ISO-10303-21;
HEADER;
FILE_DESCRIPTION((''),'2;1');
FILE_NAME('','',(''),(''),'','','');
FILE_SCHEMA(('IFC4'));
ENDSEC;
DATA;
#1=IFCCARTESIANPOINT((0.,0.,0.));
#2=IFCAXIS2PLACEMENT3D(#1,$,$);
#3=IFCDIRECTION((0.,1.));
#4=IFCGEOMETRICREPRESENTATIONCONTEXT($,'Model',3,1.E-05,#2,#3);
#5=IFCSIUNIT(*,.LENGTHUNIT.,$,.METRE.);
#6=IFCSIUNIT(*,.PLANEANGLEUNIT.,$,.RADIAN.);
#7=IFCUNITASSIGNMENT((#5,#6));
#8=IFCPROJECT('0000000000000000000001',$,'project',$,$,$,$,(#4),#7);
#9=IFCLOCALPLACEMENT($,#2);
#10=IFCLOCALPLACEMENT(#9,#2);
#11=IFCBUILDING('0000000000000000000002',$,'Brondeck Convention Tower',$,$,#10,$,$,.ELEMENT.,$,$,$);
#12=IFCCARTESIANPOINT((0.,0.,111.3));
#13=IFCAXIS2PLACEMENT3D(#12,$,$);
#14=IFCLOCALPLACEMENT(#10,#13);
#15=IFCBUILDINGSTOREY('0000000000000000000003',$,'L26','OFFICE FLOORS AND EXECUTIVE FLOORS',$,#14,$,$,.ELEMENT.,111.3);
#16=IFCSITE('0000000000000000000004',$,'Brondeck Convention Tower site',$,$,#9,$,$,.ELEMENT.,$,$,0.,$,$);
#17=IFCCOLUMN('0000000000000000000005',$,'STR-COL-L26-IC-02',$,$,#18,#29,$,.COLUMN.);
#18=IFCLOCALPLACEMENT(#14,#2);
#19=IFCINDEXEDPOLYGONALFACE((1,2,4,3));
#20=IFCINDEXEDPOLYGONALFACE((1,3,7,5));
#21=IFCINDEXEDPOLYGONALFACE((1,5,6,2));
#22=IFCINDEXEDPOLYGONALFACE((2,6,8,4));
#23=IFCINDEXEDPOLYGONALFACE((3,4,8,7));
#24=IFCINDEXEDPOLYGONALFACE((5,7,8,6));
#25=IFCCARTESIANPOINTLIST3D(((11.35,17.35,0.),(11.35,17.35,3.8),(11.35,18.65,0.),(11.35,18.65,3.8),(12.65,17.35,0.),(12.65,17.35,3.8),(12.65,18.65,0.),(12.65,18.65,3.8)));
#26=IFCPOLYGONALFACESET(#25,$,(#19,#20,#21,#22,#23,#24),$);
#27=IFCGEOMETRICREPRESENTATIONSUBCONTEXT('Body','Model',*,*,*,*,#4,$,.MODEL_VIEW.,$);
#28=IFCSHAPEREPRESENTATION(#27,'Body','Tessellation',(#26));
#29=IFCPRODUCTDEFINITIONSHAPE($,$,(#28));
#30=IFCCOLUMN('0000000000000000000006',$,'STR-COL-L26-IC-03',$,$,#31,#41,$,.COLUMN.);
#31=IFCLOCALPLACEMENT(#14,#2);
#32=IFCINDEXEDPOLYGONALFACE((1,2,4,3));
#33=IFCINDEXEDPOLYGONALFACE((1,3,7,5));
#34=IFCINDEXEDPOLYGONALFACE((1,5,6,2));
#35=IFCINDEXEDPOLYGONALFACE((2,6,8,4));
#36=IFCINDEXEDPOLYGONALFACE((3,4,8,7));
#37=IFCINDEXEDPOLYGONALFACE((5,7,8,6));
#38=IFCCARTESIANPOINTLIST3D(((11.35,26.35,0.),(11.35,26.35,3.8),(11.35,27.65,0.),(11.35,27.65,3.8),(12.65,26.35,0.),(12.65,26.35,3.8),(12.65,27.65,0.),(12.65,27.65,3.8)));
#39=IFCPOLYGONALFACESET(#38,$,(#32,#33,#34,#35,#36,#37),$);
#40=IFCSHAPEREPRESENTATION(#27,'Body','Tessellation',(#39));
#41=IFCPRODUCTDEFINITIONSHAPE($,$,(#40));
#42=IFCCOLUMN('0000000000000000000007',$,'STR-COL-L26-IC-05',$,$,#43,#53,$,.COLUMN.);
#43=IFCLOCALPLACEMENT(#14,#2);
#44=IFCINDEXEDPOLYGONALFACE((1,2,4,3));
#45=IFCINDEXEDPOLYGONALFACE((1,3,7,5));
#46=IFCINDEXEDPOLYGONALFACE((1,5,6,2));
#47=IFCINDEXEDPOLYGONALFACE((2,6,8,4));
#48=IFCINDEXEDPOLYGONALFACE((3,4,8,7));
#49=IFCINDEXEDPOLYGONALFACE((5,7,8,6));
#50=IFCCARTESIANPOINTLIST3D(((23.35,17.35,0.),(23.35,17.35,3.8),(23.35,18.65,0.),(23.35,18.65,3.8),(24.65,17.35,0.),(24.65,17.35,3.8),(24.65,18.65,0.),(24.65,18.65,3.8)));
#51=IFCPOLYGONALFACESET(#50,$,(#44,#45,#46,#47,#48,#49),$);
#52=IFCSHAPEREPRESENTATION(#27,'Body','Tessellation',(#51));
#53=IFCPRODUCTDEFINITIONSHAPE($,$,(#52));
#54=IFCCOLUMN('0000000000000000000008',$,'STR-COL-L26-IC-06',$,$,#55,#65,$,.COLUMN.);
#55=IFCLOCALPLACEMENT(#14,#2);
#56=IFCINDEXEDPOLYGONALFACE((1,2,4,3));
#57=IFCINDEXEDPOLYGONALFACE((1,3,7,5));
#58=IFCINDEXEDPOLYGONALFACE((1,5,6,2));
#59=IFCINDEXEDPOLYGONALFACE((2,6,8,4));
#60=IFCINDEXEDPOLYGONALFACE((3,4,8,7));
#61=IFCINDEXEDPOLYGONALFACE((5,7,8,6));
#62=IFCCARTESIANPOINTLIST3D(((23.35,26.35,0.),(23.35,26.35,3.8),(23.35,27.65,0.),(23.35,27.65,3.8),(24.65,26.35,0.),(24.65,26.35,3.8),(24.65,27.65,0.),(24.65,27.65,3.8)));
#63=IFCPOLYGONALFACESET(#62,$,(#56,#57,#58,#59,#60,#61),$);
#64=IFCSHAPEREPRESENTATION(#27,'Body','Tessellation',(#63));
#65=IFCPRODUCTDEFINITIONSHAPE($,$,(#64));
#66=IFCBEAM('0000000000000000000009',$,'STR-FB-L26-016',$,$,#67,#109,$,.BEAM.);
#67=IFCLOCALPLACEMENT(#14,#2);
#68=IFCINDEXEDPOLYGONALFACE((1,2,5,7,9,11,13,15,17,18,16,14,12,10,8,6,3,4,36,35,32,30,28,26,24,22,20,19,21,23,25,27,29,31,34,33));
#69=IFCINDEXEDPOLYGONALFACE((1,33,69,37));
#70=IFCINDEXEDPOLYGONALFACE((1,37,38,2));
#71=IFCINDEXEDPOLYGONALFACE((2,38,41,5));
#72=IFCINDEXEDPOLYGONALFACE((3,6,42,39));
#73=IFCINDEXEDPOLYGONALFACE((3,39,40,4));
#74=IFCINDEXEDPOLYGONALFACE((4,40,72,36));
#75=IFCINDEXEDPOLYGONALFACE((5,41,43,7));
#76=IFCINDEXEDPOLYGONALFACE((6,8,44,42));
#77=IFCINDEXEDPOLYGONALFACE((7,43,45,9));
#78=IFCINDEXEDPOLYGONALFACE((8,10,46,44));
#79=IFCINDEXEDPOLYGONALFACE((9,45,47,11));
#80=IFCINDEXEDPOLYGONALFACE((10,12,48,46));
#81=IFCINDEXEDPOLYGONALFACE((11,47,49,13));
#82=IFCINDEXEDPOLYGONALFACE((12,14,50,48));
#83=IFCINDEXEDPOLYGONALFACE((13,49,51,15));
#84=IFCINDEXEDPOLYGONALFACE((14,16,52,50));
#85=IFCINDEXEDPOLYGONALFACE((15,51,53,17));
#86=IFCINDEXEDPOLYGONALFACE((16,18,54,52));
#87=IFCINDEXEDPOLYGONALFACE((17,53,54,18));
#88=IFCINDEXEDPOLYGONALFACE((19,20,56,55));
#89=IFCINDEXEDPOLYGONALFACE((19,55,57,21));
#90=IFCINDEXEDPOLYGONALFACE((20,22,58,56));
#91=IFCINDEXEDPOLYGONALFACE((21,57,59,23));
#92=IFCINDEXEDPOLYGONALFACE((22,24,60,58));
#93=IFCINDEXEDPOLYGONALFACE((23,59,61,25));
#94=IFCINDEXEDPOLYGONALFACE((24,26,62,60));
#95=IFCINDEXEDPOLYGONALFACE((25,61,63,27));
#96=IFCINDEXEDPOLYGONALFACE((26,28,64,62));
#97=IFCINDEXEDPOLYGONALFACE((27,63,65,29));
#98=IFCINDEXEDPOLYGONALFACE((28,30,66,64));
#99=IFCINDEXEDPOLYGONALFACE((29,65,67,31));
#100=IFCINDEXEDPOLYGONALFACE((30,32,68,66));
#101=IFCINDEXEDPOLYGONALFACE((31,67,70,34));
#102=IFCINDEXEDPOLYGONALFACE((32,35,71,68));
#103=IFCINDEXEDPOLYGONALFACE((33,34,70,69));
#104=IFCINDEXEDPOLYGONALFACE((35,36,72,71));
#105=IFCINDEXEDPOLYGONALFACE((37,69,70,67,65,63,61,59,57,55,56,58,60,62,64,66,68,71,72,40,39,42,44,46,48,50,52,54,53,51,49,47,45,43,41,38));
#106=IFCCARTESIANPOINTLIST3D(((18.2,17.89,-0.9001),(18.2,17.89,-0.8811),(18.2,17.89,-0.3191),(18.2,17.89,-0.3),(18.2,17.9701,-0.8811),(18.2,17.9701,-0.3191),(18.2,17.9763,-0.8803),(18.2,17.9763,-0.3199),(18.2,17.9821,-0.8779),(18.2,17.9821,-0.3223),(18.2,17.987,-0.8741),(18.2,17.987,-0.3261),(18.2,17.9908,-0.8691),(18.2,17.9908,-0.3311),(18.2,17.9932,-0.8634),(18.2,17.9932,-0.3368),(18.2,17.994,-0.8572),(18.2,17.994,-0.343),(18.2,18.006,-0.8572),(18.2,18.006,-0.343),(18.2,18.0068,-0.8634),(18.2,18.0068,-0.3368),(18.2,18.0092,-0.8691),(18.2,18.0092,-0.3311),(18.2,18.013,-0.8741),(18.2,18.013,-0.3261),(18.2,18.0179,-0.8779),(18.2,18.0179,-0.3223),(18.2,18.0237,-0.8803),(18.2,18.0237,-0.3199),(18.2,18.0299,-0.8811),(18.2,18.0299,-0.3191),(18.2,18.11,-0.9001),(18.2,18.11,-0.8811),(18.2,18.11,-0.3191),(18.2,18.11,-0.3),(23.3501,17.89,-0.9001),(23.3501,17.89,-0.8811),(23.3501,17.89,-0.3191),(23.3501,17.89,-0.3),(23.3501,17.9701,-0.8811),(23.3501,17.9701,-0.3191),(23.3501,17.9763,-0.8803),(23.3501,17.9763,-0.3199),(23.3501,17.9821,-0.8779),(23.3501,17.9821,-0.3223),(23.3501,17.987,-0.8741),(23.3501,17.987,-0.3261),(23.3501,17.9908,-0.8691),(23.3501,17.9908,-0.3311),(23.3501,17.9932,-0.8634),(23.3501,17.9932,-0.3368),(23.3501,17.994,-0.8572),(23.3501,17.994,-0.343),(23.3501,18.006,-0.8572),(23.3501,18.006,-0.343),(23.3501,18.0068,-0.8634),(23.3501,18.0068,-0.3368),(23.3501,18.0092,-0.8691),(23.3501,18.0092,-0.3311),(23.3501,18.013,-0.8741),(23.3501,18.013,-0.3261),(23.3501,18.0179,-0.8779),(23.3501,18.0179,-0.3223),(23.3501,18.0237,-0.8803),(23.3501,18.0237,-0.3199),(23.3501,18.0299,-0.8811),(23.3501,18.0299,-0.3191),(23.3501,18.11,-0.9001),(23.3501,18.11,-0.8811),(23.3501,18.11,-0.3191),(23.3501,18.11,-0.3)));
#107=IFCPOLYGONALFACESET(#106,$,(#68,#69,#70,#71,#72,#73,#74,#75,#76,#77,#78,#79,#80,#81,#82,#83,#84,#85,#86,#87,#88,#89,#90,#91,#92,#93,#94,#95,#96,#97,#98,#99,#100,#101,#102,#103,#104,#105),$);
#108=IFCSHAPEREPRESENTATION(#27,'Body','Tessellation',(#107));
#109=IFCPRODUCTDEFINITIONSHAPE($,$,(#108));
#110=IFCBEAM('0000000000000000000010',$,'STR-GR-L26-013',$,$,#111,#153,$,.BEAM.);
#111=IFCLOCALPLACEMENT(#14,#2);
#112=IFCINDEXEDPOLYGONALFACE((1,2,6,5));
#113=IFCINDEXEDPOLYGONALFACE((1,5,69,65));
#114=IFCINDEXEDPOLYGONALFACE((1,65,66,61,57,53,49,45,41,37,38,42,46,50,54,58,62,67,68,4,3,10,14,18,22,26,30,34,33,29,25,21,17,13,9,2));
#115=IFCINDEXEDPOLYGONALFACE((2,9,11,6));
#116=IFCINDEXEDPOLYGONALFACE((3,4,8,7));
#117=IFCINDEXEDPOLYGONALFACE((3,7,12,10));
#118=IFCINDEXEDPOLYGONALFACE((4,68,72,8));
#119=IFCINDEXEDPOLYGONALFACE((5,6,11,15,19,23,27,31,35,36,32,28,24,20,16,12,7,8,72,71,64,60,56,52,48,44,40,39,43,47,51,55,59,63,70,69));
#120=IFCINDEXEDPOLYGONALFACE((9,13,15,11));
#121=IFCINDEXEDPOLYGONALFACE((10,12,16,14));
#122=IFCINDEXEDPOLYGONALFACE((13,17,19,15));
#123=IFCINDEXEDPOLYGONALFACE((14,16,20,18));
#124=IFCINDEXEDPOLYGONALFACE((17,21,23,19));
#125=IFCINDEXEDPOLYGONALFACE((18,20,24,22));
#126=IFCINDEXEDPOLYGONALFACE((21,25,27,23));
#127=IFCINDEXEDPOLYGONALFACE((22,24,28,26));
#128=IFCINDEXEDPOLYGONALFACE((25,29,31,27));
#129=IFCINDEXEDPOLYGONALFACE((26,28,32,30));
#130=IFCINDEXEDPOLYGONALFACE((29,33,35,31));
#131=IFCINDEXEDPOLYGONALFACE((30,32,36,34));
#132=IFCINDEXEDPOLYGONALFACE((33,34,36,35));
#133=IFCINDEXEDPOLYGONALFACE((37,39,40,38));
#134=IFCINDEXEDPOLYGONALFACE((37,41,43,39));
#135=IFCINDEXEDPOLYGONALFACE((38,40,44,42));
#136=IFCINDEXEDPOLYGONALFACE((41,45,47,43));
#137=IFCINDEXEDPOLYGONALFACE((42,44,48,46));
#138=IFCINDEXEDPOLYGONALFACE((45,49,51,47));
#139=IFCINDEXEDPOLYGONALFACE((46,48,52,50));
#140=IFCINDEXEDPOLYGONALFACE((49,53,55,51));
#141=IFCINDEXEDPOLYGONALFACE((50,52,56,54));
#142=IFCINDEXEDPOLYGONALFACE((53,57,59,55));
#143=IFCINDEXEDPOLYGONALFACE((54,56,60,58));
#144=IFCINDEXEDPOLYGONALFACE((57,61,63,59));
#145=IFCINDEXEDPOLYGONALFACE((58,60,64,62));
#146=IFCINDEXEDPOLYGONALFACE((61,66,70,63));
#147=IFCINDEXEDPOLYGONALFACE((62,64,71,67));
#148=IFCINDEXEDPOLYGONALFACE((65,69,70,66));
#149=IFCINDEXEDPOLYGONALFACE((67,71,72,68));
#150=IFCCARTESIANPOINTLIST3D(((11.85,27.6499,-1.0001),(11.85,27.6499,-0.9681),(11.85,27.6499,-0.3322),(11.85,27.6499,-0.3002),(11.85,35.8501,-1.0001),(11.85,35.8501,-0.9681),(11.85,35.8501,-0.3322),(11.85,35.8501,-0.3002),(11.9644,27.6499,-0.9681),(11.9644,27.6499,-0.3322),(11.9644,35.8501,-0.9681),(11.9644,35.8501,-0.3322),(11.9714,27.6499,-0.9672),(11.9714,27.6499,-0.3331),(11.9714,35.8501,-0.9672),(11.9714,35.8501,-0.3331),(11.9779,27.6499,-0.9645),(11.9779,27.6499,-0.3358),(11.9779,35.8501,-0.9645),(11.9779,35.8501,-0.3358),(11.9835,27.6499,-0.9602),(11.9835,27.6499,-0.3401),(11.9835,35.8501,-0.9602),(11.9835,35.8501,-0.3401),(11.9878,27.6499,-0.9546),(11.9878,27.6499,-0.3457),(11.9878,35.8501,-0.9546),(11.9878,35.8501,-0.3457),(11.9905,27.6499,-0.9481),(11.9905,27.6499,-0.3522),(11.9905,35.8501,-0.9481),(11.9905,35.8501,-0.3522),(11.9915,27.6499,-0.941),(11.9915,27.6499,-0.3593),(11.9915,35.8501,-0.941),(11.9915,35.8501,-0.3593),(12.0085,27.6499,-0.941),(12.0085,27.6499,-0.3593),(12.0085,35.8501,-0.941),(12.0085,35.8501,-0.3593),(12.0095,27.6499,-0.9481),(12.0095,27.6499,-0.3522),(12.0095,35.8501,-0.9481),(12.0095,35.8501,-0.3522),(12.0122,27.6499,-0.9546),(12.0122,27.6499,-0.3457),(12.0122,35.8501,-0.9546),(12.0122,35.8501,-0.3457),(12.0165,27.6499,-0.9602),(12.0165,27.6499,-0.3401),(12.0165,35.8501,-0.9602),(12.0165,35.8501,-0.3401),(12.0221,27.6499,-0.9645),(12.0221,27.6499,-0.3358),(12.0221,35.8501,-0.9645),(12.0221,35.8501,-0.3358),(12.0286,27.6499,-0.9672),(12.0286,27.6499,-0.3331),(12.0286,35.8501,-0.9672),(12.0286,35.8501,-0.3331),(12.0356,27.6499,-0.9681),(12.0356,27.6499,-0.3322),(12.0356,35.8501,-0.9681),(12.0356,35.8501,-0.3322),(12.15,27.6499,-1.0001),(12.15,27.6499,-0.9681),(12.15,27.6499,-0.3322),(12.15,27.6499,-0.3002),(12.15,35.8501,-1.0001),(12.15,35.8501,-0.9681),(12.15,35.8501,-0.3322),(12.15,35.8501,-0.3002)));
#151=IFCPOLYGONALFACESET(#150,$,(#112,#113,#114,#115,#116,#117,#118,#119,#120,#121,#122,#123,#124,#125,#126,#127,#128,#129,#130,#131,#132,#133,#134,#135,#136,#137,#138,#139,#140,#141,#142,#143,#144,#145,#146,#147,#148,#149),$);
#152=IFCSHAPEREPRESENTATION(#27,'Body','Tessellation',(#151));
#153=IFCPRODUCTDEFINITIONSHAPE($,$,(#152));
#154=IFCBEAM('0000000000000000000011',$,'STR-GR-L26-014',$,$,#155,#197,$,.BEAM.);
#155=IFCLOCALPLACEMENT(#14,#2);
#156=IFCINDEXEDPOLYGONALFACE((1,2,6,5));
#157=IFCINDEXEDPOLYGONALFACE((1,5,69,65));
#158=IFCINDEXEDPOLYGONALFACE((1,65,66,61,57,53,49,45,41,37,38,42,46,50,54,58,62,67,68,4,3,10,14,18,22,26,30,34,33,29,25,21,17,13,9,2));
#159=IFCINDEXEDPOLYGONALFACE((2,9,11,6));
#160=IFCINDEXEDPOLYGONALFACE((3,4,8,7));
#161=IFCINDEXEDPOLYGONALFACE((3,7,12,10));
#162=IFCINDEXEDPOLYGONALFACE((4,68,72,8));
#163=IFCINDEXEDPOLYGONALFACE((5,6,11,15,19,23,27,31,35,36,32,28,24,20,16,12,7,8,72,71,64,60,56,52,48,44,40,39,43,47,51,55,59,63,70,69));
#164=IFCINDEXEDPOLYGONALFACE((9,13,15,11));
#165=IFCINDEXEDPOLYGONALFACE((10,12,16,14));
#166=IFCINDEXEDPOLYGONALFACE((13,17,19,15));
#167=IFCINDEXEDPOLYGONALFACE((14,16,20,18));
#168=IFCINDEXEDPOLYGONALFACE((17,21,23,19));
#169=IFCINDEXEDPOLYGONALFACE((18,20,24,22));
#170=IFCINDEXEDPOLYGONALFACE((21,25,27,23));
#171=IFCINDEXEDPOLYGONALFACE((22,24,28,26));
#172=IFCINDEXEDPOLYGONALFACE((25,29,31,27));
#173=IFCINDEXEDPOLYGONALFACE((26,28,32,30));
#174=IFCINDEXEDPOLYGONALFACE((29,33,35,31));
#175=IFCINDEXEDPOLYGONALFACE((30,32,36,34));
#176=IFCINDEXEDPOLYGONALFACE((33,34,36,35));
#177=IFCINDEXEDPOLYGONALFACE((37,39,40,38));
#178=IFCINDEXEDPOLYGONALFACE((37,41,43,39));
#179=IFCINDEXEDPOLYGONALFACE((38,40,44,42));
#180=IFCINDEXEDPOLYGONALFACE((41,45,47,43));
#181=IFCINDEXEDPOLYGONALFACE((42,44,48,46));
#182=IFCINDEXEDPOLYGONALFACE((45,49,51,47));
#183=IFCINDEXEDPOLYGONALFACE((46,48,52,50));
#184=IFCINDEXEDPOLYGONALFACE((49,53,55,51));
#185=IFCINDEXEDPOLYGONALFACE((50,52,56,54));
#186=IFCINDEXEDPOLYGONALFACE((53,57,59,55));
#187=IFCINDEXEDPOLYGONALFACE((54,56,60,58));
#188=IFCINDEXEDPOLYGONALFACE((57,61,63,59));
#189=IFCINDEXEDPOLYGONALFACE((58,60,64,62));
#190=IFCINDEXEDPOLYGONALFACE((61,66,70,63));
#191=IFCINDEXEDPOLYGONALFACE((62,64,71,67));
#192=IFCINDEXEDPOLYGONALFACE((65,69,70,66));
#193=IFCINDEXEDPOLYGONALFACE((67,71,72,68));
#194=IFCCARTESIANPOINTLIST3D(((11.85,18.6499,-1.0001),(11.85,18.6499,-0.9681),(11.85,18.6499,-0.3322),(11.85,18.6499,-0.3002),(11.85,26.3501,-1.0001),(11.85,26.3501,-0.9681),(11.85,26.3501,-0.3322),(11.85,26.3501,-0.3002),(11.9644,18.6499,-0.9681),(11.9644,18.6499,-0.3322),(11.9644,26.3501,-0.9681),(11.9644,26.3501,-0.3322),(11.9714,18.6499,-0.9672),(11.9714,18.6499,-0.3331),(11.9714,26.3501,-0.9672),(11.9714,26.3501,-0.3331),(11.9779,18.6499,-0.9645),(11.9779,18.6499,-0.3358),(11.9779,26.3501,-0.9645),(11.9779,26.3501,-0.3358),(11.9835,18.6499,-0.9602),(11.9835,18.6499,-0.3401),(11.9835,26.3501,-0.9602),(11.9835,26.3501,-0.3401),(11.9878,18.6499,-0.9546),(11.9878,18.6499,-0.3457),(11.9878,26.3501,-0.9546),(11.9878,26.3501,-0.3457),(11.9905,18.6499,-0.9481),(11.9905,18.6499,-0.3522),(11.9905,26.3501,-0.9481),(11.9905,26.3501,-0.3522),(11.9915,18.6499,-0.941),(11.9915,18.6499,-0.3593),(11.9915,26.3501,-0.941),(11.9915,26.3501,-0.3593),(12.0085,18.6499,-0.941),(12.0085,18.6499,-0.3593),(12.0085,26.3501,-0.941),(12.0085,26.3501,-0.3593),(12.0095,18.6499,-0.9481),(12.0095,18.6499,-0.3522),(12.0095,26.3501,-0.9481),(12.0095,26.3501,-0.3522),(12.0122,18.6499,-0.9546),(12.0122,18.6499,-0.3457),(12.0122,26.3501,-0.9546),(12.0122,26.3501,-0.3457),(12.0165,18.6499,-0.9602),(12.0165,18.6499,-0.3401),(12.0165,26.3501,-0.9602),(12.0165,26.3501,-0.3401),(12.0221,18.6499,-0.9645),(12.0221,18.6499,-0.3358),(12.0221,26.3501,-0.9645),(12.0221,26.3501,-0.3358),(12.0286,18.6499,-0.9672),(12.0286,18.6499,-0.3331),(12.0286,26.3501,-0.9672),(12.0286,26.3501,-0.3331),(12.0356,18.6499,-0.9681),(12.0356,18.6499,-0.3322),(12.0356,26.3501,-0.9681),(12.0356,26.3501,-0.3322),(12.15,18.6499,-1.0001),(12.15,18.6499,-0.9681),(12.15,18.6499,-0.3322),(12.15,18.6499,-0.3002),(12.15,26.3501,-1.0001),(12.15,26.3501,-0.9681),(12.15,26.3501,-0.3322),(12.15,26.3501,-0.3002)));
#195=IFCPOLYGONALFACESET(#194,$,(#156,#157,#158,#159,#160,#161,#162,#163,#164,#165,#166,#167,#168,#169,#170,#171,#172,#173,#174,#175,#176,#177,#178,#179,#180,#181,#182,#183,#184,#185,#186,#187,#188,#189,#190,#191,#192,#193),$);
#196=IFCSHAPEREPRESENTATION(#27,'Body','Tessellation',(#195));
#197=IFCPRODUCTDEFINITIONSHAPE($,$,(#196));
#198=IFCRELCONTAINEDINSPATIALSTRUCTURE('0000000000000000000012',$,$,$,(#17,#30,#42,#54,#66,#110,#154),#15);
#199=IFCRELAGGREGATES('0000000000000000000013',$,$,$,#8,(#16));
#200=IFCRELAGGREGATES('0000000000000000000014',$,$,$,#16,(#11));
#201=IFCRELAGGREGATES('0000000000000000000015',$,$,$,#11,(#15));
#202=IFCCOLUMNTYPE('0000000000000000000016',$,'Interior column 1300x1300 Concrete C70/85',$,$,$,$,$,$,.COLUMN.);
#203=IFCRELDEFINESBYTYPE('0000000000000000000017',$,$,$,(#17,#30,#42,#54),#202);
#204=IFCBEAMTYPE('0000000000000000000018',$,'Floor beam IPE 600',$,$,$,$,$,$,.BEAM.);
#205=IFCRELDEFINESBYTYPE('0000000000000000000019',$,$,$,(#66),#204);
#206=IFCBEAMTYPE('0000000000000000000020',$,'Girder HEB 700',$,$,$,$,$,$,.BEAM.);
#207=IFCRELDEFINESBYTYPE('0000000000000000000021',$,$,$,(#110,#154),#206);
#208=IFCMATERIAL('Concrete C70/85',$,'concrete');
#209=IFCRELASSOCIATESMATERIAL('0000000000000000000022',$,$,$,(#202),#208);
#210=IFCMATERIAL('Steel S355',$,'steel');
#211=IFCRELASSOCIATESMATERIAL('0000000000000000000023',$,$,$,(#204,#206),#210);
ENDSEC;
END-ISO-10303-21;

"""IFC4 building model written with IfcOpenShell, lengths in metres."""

from ifc_helpers import new_model, si_unit, direction, frame, origin, origin_2d, place, context, subcontext, project, spatial, rectangle, i_section, extrude, material, material_profile, profile_set, type_object, element, save


model = new_model("IFC4")

# Units and contexts
model_context = context("Model", 3, precision=1e-05, world=origin(), true_north=direction((0.0, 1.0)))
body_context = subcontext(model_context, "Body", "Model", "MODEL_VIEW")
ifc_project = project(units=[si_unit("LENGTHUNIT", "METRE"), si_unit("PLANEANGLEUNIT", "RADIAN")], contexts=[model_context])

# Site, building, storey
site_placement = place(None, origin())
site = spatial("IfcSite", under=ifc_project, at=site_placement, Name="Brondeck Convention Tower site", CompositionType="ELEMENT", RefElevation=0.0)
building_placement = place(site_placement, origin())
building = spatial("IfcBuilding", under=site, at=building_placement, Name="Brondeck Convention Tower", CompositionType="ELEMENT")
storey_placement = place(building_placement, frame((0.0, 0.0, 111.3)))
storey = spatial("IfcBuildingStorey", under=building, at=storey_placement, Name="L26", Description="OFFICE FLOORS AND EXECUTIVE FLOORS", CompositionType="ELEMENT", Elevation=111.3)

# Columns
ifc_material_1 = material(Name="Concrete C70/85", Category="concrete")
ifc_material_profile_1 = material_profile(ifc_material_1, rectangle(XDim=1.3, YDim=1.3, at=origin_2d()), Name="Interior column 1300x1300 Concrete C70/85")
ifc_profile_set_1 = profile_set([ifc_material_profile_1], Name="Concrete C70/85")
column_type = type_object("IfcColumnType", Name="Interior column 1300x1300 Concrete C70/85", PredefinedType="COLUMN", material=ifc_profile_set_1)
for number, where, z_axis, x_axis, name in (
    (1, (12.0, 18.0, 0.0), (0.0, 0.0, 1.0), (1.0, 0.0, 0.0), "STR-COL-L26-IC-02"),
    (2, (12.0, 27.0, 0.0), (0.0, 0.0, 1.0), (1.0, 0.0, 0.0), "STR-COL-L26-IC-03"),
    (3, (24.0, 18.0, 0.0), (0.0, 0.0, 1.0), (1.0, 0.0, 0.0), "STR-COL-L26-IC-05"),
    (4, (24.0, 27.0, 0.0), (0.0, 0.0, 1.0), (1.0, 0.0, 0.0), "STR-COL-L26-IC-06"),
):
    element("IfcColumn", number, at=place(storey_placement, frame(where, z_axis=z_axis, x_axis=x_axis)), inside=storey, type_object=column_type, Name=name, PredefinedType="COLUMN", context=body_context, shape_type="SweptSolid", body=[
        extrude(rectangle(XDim=1.3, YDim=1.3, at=origin_2d()), origin(), (0.0, 0.0, 1.0), 3.8),
    ])

# Beams
ifc_material_2 = material(Name="Steel S355", Category="steel")
ifc_material_profile_2 = material_profile(ifc_material_2, i_section(OverallWidth=0.22, OverallDepth=0.6001, WebThickness=0.012, FlangeThickness=0.019, FilletRadius=0.0239, at=origin_2d()), Name="IPE 600")
ifc_profile_set_2 = profile_set([ifc_material_profile_2], Name="Steel S355")
beam_type_1 = type_object("IfcBeamType", Name="Floor beam IPE 600", PredefinedType="BEAM", material=ifc_profile_set_2)
beam_1_placement = place(storey_placement, frame((18.2, 18.0, -0.6001), z_axis=(1.0, 0.0, 0.0), x_axis=(0.0, 1.0, 0.0)))
element("IfcBeam", 5, at=beam_1_placement, inside=storey, type_object=beam_type_1, Name="STR-FB-L26-016", PredefinedType="BEAM", context=body_context, shape_type="SweptSolid", body=[
    extrude(i_section(OverallWidth=0.22, OverallDepth=0.6001, WebThickness=0.012, FlangeThickness=0.019, FilletRadius=0.0239, at=origin_2d()), origin(), (0.0, 0.0, 1.0), 5.1501),
])
ifc_material_profile_3 = material_profile(ifc_material_2, i_section(OverallWidth=0.3, OverallDepth=0.7, WebThickness=0.0171, FlangeThickness=0.032, FilletRadius=0.0271, at=origin_2d()), Name="HEB 700")
ifc_profile_set_3 = profile_set([ifc_material_profile_3], Name="Steel S355")
beam_type_2 = type_object("IfcBeamType", Name="Girder HEB 700", PredefinedType="BEAM", material=ifc_profile_set_3)
beam_2_placement = place(storey_placement, frame((12.0, 35.8501, -0.6501), z_axis=(0.0, -1.0, 0.0), x_axis=(1.0, 0.0, 0.0)))
element("IfcBeam", 6, at=beam_2_placement, inside=storey, type_object=beam_type_2, Name="STR-GR-L26-013", PredefinedType="BEAM", context=body_context, shape_type="SweptSolid", body=[
    extrude(i_section(OverallWidth=0.3, OverallDepth=0.7, WebThickness=0.0171, FlangeThickness=0.032, FilletRadius=0.0271, at=origin_2d()), origin(), (0.0, 0.0, 1.0), 8.2002),
])
for number, where, z_axis, x_axis, name in (
    (7, (12.0, 26.3501, -0.6501), (0.0, -1.0, 0.0), (1.0, 0.0, 0.0), "STR-GR-L26-014"),
):
    element("IfcBeam", number, at=place(storey_placement, frame(where, z_axis=z_axis, x_axis=x_axis)), inside=storey, type_object=beam_type_2, Name=name, PredefinedType="BEAM", context=body_context, shape_type="SweptSolid", body=[
        extrude(i_section(OverallWidth=0.3, OverallDepth=0.7, WebThickness=0.0171, FlangeThickness=0.032, FilletRadius=0.0271, at=origin_2d()), origin(), (0.0, 0.0, 1.0), 7.7002),
    ])

save(model, "model.ifc")
